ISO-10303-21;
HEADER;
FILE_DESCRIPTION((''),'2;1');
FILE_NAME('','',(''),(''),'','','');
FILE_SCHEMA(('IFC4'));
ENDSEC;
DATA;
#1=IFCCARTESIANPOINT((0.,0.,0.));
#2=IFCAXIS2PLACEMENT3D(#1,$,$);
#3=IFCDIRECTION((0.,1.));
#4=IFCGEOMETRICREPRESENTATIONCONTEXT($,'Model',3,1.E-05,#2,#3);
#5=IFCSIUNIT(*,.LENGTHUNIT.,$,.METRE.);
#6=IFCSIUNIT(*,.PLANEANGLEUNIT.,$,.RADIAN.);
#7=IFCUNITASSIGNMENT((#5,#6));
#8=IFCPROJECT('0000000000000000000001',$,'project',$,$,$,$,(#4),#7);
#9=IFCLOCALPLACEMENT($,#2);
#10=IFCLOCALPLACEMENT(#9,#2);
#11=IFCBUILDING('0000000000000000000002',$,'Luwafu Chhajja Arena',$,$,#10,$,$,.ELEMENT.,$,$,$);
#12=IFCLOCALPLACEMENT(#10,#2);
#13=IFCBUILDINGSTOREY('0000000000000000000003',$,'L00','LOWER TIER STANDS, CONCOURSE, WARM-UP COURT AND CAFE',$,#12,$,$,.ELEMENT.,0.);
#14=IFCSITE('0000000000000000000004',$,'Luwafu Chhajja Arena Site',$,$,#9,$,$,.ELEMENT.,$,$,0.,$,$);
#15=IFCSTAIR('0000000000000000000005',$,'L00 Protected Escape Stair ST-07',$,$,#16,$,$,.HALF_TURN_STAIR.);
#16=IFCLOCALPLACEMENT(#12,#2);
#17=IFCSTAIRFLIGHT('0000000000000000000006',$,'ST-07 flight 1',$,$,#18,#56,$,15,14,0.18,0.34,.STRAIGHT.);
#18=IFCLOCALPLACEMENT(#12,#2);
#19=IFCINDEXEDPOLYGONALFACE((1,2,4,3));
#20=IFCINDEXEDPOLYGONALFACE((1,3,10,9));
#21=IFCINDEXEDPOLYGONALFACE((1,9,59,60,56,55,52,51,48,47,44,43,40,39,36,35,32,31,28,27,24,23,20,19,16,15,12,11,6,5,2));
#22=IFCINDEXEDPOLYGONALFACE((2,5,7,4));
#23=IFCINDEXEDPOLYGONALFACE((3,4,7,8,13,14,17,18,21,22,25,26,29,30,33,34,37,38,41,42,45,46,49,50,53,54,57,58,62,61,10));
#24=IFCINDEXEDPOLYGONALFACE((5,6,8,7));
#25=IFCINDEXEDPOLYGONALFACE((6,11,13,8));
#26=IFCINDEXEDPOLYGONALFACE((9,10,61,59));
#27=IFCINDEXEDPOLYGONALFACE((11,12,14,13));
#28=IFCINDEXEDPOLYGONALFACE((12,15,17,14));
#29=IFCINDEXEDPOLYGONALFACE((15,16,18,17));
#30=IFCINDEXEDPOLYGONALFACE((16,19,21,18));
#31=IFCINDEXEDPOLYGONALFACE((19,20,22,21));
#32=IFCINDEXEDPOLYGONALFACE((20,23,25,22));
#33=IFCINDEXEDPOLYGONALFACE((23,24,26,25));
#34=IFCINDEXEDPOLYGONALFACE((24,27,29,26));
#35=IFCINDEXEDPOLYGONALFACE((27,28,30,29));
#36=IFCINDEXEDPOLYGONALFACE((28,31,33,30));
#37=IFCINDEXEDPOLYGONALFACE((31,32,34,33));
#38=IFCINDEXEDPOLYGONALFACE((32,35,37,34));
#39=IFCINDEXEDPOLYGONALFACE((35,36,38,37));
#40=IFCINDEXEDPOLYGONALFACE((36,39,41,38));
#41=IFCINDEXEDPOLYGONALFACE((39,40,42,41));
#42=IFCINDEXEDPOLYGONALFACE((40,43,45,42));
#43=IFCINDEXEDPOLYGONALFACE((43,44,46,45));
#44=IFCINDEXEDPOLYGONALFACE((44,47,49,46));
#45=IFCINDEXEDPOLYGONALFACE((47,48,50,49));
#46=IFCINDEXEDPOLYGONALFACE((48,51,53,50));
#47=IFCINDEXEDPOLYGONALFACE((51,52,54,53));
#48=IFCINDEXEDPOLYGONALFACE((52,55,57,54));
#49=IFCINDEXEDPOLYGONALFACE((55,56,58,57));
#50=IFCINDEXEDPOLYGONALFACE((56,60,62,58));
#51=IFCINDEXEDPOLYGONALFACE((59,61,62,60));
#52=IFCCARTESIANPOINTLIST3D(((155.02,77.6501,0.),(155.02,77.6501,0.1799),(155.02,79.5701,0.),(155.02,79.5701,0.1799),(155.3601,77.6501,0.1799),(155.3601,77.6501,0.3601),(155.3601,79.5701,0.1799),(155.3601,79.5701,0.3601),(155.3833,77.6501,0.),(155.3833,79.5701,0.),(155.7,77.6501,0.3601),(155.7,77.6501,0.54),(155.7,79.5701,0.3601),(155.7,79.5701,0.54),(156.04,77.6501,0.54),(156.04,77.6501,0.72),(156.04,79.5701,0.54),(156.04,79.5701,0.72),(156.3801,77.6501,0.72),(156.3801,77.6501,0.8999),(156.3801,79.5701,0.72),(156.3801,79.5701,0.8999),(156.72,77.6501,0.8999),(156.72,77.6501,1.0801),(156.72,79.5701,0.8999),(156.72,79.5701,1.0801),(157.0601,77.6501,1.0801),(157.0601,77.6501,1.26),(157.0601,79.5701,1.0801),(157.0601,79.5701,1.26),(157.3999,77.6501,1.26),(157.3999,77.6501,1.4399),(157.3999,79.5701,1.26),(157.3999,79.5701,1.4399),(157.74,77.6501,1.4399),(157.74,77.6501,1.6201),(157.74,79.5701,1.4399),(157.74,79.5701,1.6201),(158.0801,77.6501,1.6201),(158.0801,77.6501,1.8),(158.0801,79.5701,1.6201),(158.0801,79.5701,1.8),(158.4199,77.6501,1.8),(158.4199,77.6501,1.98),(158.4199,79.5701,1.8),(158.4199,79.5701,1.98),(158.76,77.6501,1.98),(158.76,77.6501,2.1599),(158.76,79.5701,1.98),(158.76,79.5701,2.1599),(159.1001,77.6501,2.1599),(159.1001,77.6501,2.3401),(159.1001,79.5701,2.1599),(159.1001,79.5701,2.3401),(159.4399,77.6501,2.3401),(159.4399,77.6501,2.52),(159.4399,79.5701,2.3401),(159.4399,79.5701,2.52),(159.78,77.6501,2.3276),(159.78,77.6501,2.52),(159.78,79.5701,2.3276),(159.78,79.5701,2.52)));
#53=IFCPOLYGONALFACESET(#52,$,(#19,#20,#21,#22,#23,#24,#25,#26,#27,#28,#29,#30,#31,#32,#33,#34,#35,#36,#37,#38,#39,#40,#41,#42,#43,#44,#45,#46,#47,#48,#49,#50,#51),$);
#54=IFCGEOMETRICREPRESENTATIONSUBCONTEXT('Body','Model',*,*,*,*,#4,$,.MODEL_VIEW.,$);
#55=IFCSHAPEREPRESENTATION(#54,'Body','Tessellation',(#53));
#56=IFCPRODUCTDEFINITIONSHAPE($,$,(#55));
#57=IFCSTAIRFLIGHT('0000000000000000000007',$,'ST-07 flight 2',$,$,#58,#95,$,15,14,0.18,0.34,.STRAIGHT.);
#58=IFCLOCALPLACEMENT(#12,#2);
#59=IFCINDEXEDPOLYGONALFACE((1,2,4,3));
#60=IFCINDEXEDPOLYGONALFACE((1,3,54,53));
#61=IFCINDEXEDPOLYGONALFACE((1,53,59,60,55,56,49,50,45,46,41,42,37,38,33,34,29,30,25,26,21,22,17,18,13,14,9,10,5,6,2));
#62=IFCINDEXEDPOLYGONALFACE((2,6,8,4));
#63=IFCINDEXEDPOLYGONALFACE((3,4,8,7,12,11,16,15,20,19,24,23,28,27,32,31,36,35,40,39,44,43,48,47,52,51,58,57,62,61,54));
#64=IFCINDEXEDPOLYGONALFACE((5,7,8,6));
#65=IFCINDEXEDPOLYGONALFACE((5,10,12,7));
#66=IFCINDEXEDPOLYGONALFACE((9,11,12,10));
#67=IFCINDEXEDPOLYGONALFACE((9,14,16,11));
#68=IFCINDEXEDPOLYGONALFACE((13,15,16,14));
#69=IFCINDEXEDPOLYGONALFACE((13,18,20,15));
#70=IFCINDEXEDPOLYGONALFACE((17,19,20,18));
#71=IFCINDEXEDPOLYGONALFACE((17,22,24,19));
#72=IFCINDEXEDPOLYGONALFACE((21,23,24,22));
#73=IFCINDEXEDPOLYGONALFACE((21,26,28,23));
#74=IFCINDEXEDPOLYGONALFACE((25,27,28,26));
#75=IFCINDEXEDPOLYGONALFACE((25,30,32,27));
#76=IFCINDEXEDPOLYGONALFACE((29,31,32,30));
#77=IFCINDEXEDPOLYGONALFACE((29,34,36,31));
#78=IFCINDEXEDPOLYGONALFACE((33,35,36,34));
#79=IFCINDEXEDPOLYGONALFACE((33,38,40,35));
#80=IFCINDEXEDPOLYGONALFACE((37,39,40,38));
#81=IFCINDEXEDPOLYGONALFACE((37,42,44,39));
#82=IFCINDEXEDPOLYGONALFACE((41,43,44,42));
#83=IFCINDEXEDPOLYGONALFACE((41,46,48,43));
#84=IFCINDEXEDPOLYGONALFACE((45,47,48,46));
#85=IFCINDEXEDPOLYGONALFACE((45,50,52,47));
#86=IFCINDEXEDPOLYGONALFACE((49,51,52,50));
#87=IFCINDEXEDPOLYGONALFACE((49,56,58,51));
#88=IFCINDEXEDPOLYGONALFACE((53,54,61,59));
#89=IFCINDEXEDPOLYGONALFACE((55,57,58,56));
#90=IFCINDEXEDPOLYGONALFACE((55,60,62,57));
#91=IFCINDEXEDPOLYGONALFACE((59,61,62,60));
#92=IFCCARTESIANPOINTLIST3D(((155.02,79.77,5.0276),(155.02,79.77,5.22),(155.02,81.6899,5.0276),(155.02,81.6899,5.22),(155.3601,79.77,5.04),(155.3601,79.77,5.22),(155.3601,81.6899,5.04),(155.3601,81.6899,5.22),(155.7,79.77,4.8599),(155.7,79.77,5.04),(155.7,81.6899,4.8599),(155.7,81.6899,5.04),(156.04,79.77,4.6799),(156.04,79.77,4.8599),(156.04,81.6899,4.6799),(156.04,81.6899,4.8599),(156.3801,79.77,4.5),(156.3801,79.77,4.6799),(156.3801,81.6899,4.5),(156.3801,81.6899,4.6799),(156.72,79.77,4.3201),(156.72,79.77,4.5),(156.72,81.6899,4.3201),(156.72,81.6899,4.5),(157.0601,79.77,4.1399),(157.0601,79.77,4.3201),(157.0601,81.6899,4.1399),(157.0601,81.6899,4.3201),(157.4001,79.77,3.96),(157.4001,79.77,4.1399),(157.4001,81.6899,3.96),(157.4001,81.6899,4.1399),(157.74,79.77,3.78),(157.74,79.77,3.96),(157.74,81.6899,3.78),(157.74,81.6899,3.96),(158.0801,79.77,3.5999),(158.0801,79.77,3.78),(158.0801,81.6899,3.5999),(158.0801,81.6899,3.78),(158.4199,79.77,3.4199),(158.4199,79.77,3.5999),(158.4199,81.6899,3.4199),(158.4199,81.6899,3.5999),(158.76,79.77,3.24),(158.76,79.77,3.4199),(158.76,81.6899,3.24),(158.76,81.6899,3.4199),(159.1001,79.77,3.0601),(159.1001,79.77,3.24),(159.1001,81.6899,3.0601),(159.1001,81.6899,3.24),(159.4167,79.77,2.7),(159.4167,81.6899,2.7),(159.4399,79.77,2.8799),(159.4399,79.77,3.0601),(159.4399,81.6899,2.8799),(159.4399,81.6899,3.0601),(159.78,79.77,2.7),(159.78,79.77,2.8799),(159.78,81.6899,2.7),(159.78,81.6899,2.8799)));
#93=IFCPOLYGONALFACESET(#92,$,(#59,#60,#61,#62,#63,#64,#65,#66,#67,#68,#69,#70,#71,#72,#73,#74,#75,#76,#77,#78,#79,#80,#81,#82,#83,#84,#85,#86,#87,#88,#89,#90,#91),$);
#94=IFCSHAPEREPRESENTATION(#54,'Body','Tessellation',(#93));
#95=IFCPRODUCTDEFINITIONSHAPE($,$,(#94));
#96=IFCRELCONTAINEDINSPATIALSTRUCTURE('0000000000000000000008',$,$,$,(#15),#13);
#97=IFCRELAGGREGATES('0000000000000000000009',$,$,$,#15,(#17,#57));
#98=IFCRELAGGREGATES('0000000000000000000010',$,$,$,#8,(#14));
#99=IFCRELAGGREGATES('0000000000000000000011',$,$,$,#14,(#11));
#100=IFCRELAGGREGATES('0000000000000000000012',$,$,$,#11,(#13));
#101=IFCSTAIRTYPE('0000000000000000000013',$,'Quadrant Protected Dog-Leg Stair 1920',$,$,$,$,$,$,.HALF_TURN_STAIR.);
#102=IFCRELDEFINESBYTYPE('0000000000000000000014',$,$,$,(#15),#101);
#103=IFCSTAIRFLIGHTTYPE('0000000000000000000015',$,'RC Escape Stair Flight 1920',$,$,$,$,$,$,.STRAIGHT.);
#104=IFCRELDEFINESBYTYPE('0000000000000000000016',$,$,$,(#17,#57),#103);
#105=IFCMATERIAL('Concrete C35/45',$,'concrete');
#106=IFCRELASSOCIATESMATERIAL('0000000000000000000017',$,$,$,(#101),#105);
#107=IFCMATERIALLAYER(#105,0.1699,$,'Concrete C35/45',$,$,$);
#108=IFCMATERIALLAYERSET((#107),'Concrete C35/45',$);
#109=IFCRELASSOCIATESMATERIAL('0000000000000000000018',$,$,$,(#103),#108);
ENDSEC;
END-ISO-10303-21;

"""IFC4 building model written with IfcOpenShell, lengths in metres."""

from ifc_helpers import new_model, si_unit, direction, frame, origin, place, context, subcontext, project, spatial, polyline, outline, extrude, material, layer, layer_set, type_object, element, aggregate, save


model = new_model("IFC4")

# Units and contexts
model_context = context("Model", 3, precision=1e-05, world=origin(), true_north=direction((0.0, 1.0)))
body_context = subcontext(model_context, "Body", "Model", "MODEL_VIEW")
ifc_project = project(units=[si_unit("LENGTHUNIT", "METRE"), si_unit("PLANEANGLEUNIT", "RADIAN")], contexts=[model_context])

# Site, building, storey
site_placement = place(None, origin())
site = spatial("IfcSite", under=ifc_project, at=site_placement, Name="Luwafu Chhajja Arena Site", CompositionType="ELEMENT", RefElevation=0.0)
building_placement = place(site_placement, origin())
building = spatial("IfcBuilding", under=site, at=building_placement, Name="Luwafu Chhajja Arena", CompositionType="ELEMENT")
storey_placement = place(building_placement, origin())
storey = spatial("IfcBuildingStorey", under=building, at=storey_placement, Name="L00", Description="LOWER TIER STANDS, CONCOURSE, WARM-UP COURT AND CAFE", CompositionType="ELEMENT", Elevation=0.0)

# Shared definitions
ifc_material_1 = material(Name="Concrete C35/45", Category="concrete")

# Stair, stair flights
stair_type = type_object("IfcStairType", Name="Quadrant Protected Dog-Leg Stair 1920", PredefinedType="HALF_TURN_STAIR", material=ifc_material_1)
stair_placement = place(storey_placement, origin())
stair = element("IfcStair", 1, at=stair_placement, inside=storey, type_object=stair_type, Name="L00 Protected Escape Stair ST-07", PredefinedType="HALF_TURN_STAIR")
ifc_layer_1 = layer(ifc_material_1, 0.1699, Name="Concrete C35/45")
ifc_layer_set_1 = layer_set([ifc_layer_1], Name="Concrete C35/45")
stair_flight_type = type_object("IfcStairFlightType", Name="RC Escape Stair Flight 1920", PredefinedType="STRAIGHT", material=ifc_layer_set_1)
stair_flight_1_placement = place(storey_placement, frame((155.02, 78.6101, 0.0), z_axis=(0.0, 0.0, 1.0), x_axis=(1.0, 0.0, 0.0)))
stair_flight_1 = element("IfcStairFlight", 2, at=stair_flight_1_placement, type_object=stair_flight_type, Name="ST-07 flight 1", NumberOfRisers=15, NumberOfTreads=14, PredefinedType="STRAIGHT", RiserHeight=0.18, TreadLength=0.34, context=body_context, shape_type="SweptSolid", body=[
    extrude(outline(polyline([(0.0, 0.0), (0.0, 0.1799), (0.3401, 0.1799), (0.3401, 0.3601), (0.6799, 0.3601), (0.6799, 0.54), (1.02, 0.54), (1.02, 0.72), (1.3601, 0.72), (1.3601, 0.8999), (1.7, 0.8999), (1.7, 1.0801), (2.04, 1.0801), (2.04, 1.26), (2.3799, 1.26), (2.3799, 1.4399), (2.72, 1.4399), (2.72, 1.6201), (3.0601, 1.6201), (3.0601, 1.8), (3.3999, 1.8), (3.3999, 1.98), (3.74, 1.98), (3.74, 2.1599), (4.0801, 2.1599), (4.0801, 2.3401), (4.4199, 2.3401), (4.4199, 2.52), (4.76, 2.52), (4.76, 2.7), (4.76, 2.3276), (0.3633, 0.0), (0.0, 0.0)])), frame((0.0, 0.96, 0.0), z_axis=(0.0, -1.0, 0.0), x_axis=(1.0, 0.0, 0.0)), (0.0, 0.0, 1.0), 1.9199),
])
stair_flight_2_placement = place(storey_placement, frame((159.78, 80.73, 2.7), z_axis=(0.0, 0.0, 1.0), x_axis=(-1.0, 0.0, 0.0)))
stair_flight_2 = element("IfcStairFlight", 3, at=stair_flight_2_placement, type_object=stair_flight_type, Name="ST-07 flight 2", NumberOfRisers=15, NumberOfTreads=14, PredefinedType="STRAIGHT", RiserHeight=0.18, TreadLength=0.34, context=body_context, shape_type="SweptSolid", body=[
    extrude(outline(polyline([(0.0, 0.0), (0.0, 0.1799), (0.3401, 0.1799), (0.3401, 0.3601), (0.6799, 0.3601), (0.6799, 0.54), (1.02, 0.54), (1.02, 0.72), (1.3601, 0.72), (1.3601, 0.8999), (1.7, 0.8999), (1.7, 1.0801), (2.04, 1.0801), (2.04, 1.26), (2.3799, 1.26), (2.3799, 1.4399), (2.72, 1.4399), (2.72, 1.6201), (3.0601, 1.6201), (3.0601, 1.8), (3.3999, 1.8), (3.3999, 1.98), (3.74, 1.98), (3.74, 2.1599), (4.0801, 2.1599), (4.0801, 2.3401), (4.4199, 2.3401), (4.4199, 2.52), (4.76, 2.52), (4.76, 2.7), (4.76, 2.3276), (0.3633, 0.0), (0.0, 0.0)])), frame((0.0, 0.96, 0.0), z_axis=(0.0, -1.0, 0.0), x_axis=(1.0, 0.0, 0.0)), (0.0, 0.0, 1.0), 1.9199),
])
aggregate(stair, [stair_flight_1, stair_flight_2])

save(model, "model.ifc")
